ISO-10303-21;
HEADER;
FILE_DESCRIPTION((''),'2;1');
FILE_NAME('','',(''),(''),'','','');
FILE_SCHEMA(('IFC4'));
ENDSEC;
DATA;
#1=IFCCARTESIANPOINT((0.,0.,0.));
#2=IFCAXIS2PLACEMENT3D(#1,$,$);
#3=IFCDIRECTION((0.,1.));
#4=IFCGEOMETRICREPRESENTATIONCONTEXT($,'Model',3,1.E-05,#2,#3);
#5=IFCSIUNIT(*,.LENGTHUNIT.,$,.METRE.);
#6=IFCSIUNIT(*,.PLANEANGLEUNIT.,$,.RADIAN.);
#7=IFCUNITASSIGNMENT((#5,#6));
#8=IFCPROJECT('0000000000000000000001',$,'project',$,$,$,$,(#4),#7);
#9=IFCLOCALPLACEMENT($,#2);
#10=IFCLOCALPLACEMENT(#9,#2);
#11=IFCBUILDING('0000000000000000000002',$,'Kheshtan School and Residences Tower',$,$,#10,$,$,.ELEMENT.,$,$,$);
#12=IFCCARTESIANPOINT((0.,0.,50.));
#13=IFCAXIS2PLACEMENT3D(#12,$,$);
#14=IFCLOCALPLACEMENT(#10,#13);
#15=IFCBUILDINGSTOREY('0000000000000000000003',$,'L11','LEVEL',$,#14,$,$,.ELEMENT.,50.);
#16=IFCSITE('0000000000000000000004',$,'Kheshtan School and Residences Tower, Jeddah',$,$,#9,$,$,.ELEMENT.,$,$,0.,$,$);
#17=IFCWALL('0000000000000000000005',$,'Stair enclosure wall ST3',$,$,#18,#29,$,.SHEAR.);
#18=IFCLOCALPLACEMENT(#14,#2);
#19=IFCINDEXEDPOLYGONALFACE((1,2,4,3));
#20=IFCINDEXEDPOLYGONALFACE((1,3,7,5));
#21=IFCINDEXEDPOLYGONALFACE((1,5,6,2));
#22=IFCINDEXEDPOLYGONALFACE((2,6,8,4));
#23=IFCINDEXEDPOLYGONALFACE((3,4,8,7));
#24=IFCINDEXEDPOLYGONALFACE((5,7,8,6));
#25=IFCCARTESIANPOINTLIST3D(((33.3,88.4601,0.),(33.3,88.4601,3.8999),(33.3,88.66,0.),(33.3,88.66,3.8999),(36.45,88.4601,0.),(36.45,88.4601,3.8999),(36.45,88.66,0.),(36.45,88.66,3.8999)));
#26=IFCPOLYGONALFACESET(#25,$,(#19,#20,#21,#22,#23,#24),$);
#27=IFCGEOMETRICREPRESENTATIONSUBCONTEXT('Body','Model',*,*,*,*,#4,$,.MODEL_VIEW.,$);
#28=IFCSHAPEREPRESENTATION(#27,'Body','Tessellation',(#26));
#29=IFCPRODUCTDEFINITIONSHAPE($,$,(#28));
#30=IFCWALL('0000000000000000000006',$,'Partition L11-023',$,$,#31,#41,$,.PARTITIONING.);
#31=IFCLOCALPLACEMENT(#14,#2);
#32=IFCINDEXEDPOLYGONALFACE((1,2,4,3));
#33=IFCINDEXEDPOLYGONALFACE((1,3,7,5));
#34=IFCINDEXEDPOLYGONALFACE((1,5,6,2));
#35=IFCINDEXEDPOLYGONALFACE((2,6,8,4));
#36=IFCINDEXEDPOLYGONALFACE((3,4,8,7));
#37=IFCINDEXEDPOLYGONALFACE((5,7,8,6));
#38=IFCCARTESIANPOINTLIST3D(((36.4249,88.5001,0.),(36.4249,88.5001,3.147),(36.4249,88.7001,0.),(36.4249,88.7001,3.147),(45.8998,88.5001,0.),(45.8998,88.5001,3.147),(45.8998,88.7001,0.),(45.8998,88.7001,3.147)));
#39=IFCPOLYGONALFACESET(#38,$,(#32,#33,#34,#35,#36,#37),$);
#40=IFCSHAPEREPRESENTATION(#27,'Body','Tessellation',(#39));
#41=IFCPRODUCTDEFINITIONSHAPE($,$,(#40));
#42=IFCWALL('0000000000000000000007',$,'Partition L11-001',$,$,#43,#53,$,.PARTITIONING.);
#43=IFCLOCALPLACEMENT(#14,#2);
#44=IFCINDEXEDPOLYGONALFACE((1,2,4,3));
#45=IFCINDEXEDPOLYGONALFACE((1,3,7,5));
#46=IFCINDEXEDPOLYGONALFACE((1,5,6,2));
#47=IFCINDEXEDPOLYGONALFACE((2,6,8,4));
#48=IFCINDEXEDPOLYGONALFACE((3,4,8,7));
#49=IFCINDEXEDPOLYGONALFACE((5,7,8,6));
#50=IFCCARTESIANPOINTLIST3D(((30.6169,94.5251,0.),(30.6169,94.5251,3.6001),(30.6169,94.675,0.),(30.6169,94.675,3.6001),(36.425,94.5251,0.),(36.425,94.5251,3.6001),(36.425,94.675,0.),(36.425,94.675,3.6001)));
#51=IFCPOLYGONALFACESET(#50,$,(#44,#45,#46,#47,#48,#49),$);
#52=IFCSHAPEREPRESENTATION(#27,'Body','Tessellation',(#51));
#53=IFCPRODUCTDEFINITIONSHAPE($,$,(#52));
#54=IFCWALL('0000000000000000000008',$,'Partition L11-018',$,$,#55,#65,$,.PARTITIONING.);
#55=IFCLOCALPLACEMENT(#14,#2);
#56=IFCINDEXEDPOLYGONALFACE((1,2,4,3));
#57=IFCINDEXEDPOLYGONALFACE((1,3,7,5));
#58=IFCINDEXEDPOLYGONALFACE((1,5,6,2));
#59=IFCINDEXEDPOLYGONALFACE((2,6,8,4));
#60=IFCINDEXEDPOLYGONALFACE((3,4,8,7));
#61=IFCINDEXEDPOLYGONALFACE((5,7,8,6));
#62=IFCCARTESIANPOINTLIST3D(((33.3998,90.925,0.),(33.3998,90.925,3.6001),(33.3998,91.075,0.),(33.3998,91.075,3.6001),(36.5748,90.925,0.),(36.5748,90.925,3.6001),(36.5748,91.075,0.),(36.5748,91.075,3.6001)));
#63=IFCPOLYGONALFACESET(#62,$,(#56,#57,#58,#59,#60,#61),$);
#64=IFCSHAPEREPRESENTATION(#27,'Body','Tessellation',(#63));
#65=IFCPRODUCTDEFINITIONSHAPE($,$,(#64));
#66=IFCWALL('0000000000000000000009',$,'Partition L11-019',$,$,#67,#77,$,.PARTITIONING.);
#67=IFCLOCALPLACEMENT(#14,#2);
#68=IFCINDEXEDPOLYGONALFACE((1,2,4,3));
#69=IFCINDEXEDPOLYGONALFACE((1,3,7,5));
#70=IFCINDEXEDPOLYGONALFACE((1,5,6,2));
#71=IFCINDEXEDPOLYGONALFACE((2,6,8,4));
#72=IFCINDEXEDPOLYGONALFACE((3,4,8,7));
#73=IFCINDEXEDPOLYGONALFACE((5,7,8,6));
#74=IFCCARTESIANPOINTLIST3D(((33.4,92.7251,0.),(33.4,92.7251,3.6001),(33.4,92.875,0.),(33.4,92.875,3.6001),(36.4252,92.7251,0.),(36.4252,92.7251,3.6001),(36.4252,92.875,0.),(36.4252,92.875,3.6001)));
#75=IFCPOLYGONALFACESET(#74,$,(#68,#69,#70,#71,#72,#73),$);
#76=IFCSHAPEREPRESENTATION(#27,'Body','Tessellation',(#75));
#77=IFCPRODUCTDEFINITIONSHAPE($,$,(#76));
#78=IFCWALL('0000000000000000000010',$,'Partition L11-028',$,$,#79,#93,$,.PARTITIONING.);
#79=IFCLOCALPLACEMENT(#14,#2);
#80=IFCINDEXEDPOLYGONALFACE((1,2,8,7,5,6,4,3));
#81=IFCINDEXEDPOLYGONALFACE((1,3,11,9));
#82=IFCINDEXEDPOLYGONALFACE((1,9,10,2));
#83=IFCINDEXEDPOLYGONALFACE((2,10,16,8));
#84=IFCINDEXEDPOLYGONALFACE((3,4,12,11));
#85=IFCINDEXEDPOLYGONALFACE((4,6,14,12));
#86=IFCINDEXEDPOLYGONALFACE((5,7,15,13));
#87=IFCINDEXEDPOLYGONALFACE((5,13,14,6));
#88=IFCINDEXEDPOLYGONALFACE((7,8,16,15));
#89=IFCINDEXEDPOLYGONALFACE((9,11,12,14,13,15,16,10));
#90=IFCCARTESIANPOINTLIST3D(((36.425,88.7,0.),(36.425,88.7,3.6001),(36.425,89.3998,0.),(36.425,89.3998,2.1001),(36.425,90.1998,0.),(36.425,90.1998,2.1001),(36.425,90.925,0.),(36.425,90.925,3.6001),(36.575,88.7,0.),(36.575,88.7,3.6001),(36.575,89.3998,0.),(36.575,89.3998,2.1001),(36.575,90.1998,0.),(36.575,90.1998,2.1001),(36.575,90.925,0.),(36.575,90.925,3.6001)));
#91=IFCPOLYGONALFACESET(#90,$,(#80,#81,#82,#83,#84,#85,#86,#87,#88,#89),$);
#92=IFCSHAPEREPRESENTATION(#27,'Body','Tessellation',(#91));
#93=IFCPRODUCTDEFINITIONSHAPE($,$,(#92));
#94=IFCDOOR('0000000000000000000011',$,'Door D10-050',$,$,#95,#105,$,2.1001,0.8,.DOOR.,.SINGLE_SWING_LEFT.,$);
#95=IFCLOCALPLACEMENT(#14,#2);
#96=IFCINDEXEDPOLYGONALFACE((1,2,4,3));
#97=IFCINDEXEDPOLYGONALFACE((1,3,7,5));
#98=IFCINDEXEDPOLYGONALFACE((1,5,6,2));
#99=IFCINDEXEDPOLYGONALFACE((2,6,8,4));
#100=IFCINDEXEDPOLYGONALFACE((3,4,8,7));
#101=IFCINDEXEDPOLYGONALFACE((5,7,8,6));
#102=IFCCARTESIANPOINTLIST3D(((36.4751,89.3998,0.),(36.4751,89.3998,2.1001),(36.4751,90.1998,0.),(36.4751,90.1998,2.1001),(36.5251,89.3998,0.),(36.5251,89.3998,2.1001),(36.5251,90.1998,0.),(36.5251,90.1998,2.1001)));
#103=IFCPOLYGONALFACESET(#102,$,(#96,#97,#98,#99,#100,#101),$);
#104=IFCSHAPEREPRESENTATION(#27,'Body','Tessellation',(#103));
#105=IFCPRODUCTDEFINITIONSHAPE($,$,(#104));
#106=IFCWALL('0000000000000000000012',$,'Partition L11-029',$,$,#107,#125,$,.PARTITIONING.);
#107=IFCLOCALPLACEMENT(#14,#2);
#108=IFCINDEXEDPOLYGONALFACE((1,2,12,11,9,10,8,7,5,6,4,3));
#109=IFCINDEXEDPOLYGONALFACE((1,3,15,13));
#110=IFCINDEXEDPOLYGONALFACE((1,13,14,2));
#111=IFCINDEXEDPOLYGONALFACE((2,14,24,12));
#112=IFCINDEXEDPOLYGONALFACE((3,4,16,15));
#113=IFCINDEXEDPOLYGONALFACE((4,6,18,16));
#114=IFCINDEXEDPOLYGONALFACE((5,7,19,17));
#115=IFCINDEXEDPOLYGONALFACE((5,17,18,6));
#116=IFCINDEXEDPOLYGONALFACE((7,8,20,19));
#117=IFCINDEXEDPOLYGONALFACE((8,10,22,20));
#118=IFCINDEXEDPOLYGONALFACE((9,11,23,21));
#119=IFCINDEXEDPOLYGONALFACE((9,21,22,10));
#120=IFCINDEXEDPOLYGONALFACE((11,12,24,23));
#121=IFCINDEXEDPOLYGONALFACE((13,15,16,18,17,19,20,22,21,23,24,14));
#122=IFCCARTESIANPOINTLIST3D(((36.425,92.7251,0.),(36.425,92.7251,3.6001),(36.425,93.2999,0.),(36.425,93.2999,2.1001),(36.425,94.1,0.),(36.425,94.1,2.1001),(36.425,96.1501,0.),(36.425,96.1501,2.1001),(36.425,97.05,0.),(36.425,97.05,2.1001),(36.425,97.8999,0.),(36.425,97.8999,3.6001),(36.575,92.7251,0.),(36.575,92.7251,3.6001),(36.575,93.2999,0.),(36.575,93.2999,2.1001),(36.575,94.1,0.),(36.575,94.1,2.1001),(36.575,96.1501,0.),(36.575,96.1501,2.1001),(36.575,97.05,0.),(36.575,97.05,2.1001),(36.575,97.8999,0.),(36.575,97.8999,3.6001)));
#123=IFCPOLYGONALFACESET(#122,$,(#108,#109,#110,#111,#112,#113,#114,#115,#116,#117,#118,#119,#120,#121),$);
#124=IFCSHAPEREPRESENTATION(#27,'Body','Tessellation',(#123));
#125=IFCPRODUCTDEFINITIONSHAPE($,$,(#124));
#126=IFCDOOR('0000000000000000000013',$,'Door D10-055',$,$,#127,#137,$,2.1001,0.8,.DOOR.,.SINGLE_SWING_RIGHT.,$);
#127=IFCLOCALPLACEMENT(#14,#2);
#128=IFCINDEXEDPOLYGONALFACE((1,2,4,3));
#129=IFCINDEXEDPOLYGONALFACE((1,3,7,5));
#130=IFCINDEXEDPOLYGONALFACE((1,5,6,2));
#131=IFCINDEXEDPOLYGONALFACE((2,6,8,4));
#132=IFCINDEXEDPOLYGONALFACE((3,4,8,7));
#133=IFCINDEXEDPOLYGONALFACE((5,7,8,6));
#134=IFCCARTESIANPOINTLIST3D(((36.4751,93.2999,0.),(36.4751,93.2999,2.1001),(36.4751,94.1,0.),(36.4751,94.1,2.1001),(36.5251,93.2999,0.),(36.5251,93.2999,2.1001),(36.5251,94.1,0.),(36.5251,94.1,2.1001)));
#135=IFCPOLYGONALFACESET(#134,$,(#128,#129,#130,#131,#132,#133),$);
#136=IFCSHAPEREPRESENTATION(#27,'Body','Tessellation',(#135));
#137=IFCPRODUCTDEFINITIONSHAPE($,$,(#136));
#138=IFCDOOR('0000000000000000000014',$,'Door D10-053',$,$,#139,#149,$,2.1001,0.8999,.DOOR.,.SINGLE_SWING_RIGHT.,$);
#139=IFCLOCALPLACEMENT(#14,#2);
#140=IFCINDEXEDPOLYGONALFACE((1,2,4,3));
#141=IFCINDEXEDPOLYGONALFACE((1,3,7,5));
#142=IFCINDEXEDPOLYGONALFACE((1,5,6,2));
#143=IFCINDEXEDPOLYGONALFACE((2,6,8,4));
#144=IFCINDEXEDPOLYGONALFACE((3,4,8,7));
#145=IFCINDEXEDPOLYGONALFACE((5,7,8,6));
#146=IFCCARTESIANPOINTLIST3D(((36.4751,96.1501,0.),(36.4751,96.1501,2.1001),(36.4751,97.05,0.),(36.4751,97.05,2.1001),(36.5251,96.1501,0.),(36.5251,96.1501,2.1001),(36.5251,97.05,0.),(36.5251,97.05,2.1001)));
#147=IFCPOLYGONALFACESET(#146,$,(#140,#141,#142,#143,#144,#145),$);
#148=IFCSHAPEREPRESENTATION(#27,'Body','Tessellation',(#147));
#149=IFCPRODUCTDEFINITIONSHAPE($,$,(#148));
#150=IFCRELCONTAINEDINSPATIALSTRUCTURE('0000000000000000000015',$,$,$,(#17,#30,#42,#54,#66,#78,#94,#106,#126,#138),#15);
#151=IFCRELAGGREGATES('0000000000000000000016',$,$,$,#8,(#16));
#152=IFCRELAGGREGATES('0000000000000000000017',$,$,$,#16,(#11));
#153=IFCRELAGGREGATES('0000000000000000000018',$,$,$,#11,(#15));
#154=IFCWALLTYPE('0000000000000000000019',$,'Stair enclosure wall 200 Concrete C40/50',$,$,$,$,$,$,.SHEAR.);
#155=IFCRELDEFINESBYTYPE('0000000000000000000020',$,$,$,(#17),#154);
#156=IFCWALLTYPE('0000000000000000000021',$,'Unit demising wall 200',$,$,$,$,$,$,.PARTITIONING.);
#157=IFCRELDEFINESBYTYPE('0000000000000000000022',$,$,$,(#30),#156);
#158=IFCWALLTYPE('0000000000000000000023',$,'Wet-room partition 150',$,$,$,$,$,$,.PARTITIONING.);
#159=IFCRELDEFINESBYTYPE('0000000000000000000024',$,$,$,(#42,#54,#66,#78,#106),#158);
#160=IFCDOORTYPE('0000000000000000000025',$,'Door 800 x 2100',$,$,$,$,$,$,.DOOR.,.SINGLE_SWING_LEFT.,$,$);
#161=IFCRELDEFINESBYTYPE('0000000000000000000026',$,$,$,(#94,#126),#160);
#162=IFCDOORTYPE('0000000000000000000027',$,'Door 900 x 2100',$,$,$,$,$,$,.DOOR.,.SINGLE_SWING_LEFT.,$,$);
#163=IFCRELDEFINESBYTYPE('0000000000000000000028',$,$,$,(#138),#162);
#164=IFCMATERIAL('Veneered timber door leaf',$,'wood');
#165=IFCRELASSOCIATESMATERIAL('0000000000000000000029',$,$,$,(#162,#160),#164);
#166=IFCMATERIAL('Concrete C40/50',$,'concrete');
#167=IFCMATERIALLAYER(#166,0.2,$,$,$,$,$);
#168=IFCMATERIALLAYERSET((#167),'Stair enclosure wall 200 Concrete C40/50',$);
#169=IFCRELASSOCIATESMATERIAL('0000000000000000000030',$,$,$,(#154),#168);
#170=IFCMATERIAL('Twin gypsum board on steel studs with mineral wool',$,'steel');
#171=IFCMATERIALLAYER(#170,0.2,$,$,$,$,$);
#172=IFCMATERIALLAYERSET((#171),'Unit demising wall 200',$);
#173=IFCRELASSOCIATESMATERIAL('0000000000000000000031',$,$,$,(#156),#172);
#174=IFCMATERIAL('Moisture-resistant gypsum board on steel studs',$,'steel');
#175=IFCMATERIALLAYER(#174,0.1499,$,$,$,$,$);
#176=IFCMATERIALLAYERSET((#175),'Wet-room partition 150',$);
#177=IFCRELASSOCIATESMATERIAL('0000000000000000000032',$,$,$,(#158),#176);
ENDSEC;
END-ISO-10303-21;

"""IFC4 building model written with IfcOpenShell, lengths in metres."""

from ifc_helpers import new_model, si_unit, direction, frame, frame_2d, origin, place, context, subcontext, project, spatial, rectangle, extrude, source, transform, mapped, material, layer, layer_set, type_object, element, fill, save


model = new_model("IFC4")

# Units and contexts
model_context = context("Model", 3, precision=1e-05, world=origin(), true_north=direction((0.0, 1.0)))
body_context = subcontext(model_context, "Body", "Model", "MODEL_VIEW")
ifc_project = project(units=[si_unit("LENGTHUNIT", "METRE"), si_unit("PLANEANGLEUNIT", "RADIAN")], contexts=[model_context])

# Site, building, storey
site_placement = place(None, origin())
site = spatial("IfcSite", under=ifc_project, at=site_placement, Name="Kheshtan School and Residences Tower, Jeddah", CompositionType="ELEMENT", RefElevation=0.0)
building_placement = place(site_placement, origin())
building = spatial("IfcBuilding", under=site, at=building_placement, Name="Kheshtan School and Residences Tower", CompositionType="ELEMENT")
storey_placement = place(building_placement, frame((0.0, 0.0, 50.0)))
storey = spatial("IfcBuildingStorey", under=building, at=storey_placement, Name="L11", Description="LEVEL", CompositionType="ELEMENT", Elevation=50.0)

# Shared definitions
ifc_material_1 = material(Name="Veneered timber door leaf", Category="wood")
door_type_1 = type_object("IfcDoorType", Name="Door 900 x 2100", OperationType="SINGLE_SWING_LEFT", PredefinedType="DOOR", material=ifc_material_1)
shared_shape_1 = source(origin(), body_context, "Body", "SweptSolid", [
    extrude(rectangle(XDim=0.8999, YDim=2.1001, at=frame_2d((0.45, 1.05))), frame((0.0, 0.0249, 0.0), z_axis=(0.0, -1.0, 0.0), x_axis=(1.0, 0.0, 0.0)), (0.0, 0.0, 1.0), 0.05),
])

# Walls
ifc_material_2 = material(Name="Concrete C40/50", Category="concrete")
ifc_layer_1 = layer(ifc_material_2, 0.2)
ifc_layer_set_1 = layer_set([ifc_layer_1], Name="Stair enclosure wall 200 Concrete C40/50")
wall_type_1 = type_object("IfcWallType", Name="Stair enclosure wall 200 Concrete C40/50", PredefinedType="SHEAR", material=ifc_layer_set_1)
wall_1_placement = place(storey_placement, frame((33.3, 88.5601, 0.0), z_axis=(0.0, 0.0, 1.0), x_axis=(1.0, 0.0, 0.0)))
element("IfcWall", 1, at=wall_1_placement, inside=storey, type_object=wall_type_1, Name="Stair enclosure wall ST3", PredefinedType="SHEAR", context=body_context, shape_type="SweptSolid", body=[
    extrude(rectangle(XDim=3.1499, YDim=0.2, at=frame_2d((1.575, 0.0))), origin(), (0.0, 0.0, 1.0), 3.8999),
])
ifc_material_3 = material(Name="Twin gypsum board on steel studs with mineral wool", Category="steel")
ifc_layer_2 = layer(ifc_material_3, 0.2)
ifc_layer_set_2 = layer_set([ifc_layer_2], Name="Unit demising wall 200")
wall_type_2 = type_object("IfcWallType", Name="Unit demising wall 200", PredefinedType="PARTITIONING", material=ifc_layer_set_2)
wall_2_placement = place(storey_placement, frame((36.425, 88.6001, 0.0), z_axis=(0.0, 0.0, 1.0), x_axis=(1.0, 0.0, 0.0)))
element("IfcWall", 2, at=wall_2_placement, inside=storey, type_object=wall_type_2, Name="Partition L11-023", PredefinedType="PARTITIONING", context=body_context, shape_type="SweptSolid", body=[
    extrude(rectangle(XDim=9.4749, YDim=0.2, at=frame_2d((4.7373, 0.0))), origin(), (0.0, 0.0, 1.0), 3.147),
])
ifc_material_4 = material(Name="Moisture-resistant gypsum board on steel studs", Category="steel")
ifc_layer_3 = layer(ifc_material_4, 0.1499)
ifc_layer_set_3 = layer_set([ifc_layer_3], Name="Wet-room partition 150")
wall_type_3 = type_object("IfcWallType", Name="Wet-room partition 150", PredefinedType="PARTITIONING", material=ifc_layer_set_3)
wall_3_placement = place(storey_placement, frame((30.6169, 94.6001, 0.0), z_axis=(0.0, 0.0, 1.0), x_axis=(1.0, 0.0, 0.0)))
element("IfcWall", 3, at=wall_3_placement, inside=storey, type_object=wall_type_3, Name="Partition L11-001", PredefinedType="PARTITIONING", context=body_context, shape_type="SweptSolid", body=[
    extrude(rectangle(XDim=5.8081, YDim=0.1499, at=frame_2d((2.9041, 0.0))), origin(), (0.0, 0.0, 1.0), 3.6001),
])
wall_4_placement = place(storey_placement, frame((33.3999, 91.0, 0.0), z_axis=(0.0, 0.0, 1.0), x_axis=(1.0, 0.0, 0.0)))
element("IfcWall", 4, at=wall_4_placement, inside=storey, type_object=wall_type_3, Name="Partition L11-018", PredefinedType="PARTITIONING", context=body_context, shape_type="SweptSolid", body=[
    extrude(rectangle(XDim=3.175, YDim=0.1499, at=frame_2d((1.5874, 0.0))), origin(), (0.0, 0.0, 1.0), 3.6001),
])
wall_5_placement = place(storey_placement, frame((33.3999, 92.8, 0.0), z_axis=(0.0, 0.0, 1.0), x_axis=(1.0, 0.0, 0.0)))
element("IfcWall", 5, at=wall_5_placement, inside=storey, type_object=wall_type_3, Name="Partition L11-019", PredefinedType="PARTITIONING", context=body_context, shape_type="SweptSolid", body=[
    extrude(rectangle(XDim=3.0251, YDim=0.1499, at=frame_2d((1.5127, 0.0))), origin(), (0.0, 0.0, 1.0), 3.6001),
])

# Wall, opening, door
wall_6_placement = place(storey_placement, frame((36.5, 88.7, 0.0), z_axis=(0.0, 0.0, 1.0), x_axis=(0.0, 1.0, 0.0)))
wall_6 = element("IfcWall", 6, at=wall_6_placement, inside=storey, type_object=wall_type_3, Name="Partition L11-028", PredefinedType="PARTITIONING", context=body_context, shape_type="SweptSolid", body=[
    extrude(rectangle(XDim=2.2251, YDim=0.1499, at=frame_2d((1.1125, 0.0))), origin(), (0.0, 0.0, 1.0), 3.6001),
])
opening_1_placement = place(wall_6_placement, frame((0.7, 0.0, 0.0)))
opening_1 = element("IfcOpeningElement", 7, at=opening_1_placement, cuts=wall_6, PredefinedType="OPENING", context=body_context, shape_type="SweptSolid", body=[
    extrude(rectangle(XDim=0.8, YDim=2.1001, at=frame_2d((0.3999, 1.05))), frame((0.0, 0.085, 0.0), z_axis=(0.0, -1.0, 0.0), x_axis=(1.0, 0.0, 0.0)), (0.0, 0.0, 1.0), 0.1699),
])
door_type_2 = type_object("IfcDoorType", Name="Door 800 x 2100", OperationType="SINGLE_SWING_LEFT", PredefinedType="DOOR", material=ifc_material_1)
shared_shape_2 = source(origin(), body_context, "Body", "SweptSolid", [
    extrude(rectangle(XDim=0.8, YDim=2.1001, at=frame_2d((0.3999, 1.05))), frame((0.0, 0.0249, 0.0), z_axis=(0.0, -1.0, 0.0), x_axis=(1.0, 0.0, 0.0)), (0.0, 0.0, 1.0), 0.05),
])
door_1_placement = place(opening_1_placement, origin())
door_1 = element("IfcDoor", 8, at=door_1_placement, inside=storey, type_object=door_type_2, Name="Door D10-050", OperationType="SINGLE_SWING_LEFT", OverallHeight=2.1001, OverallWidth=0.8, PredefinedType="DOOR", context=body_context, shape_type="MappedRepresentation", body=[
    mapped(shared_shape_2, transform((0.0, 0.0, 0.0), x_axis=(1.0, 0.0, 0.0), y_axis=(0.0, 1.0, 0.0), z_axis=(0.0, 0.0, 1.0), scale=1.0)),
])
fill(opening_1, door_1)

# Wall, openings, doors
wall_7_placement = place(storey_placement, frame((36.5, 92.7251, 0.0), z_axis=(0.0, 0.0, 1.0), x_axis=(0.0, 1.0, 0.0)))
wall_7 = element("IfcWall", 9, at=wall_7_placement, inside=storey, type_object=wall_type_3, Name="Partition L11-029", PredefinedType="PARTITIONING", context=body_context, shape_type="SweptSolid", body=[
    extrude(rectangle(XDim=5.1748, YDim=0.1499, at=frame_2d((2.5874, 0.0))), origin(), (0.0, 0.0, 1.0), 3.6001),
])
opening_2_placement = place(wall_7_placement, frame((3.425, 0.0, 0.0)))
opening_2 = element("IfcOpeningElement", 10, at=opening_2_placement, cuts=wall_7, PredefinedType="OPENING", context=body_context, shape_type="SweptSolid", body=[
    extrude(rectangle(XDim=0.8999, YDim=2.1001, at=frame_2d((0.45, 1.05))), frame((0.0, 0.085, 0.0), z_axis=(0.0, -1.0, 0.0), x_axis=(1.0, 0.0, 0.0)), (0.0, 0.0, 1.0), 0.1699),
])
opening_3_placement = place(wall_7_placement, frame((0.575, 0.0, 0.0)))
opening_3 = element("IfcOpeningElement", 11, at=opening_3_placement, cuts=wall_7, PredefinedType="OPENING", context=body_context, shape_type="SweptSolid", body=[
    extrude(rectangle(XDim=0.8, YDim=2.1001, at=frame_2d((0.3999, 1.05))), frame((0.0, 0.085, 0.0), z_axis=(0.0, -1.0, 0.0), x_axis=(1.0, 0.0, 0.0)), (0.0, 0.0, 1.0), 0.1699),
])
door_2_placement = place(opening_3_placement, origin())
door_2 = element("IfcDoor", 12, at=door_2_placement, inside=storey, type_object=door_type_2, Name="Door D10-055", OperationType="SINGLE_SWING_RIGHT", OverallHeight=2.1001, OverallWidth=0.8, PredefinedType="DOOR", context=body_context, shape_type="MappedRepresentation", body=[
    mapped(shared_shape_2, transform((0.0, 0.0, 0.0), x_axis=(1.0, 0.0, 0.0), y_axis=(0.0, 1.0, 0.0), z_axis=(0.0, 0.0, 1.0), scale=1.0)),
])
fill(opening_3, door_2)
door_3_placement = place(opening_2_placement, origin())
door_3 = element("IfcDoor", 13, at=door_3_placement, inside=storey, type_object=door_type_1, Name="Door D10-053", OperationType="SINGLE_SWING_RIGHT", OverallHeight=2.1001, OverallWidth=0.8999, PredefinedType="DOOR", context=body_context, shape_type="MappedRepresentation", body=[
    mapped(shared_shape_1, transform((0.0, 0.0, 0.0), x_axis=(1.0, 0.0, 0.0), y_axis=(0.0, 1.0, 0.0), z_axis=(0.0, 0.0, 1.0), scale=1.0)),
])
fill(opening_2, door_3)

save(model, "model.ifc")
